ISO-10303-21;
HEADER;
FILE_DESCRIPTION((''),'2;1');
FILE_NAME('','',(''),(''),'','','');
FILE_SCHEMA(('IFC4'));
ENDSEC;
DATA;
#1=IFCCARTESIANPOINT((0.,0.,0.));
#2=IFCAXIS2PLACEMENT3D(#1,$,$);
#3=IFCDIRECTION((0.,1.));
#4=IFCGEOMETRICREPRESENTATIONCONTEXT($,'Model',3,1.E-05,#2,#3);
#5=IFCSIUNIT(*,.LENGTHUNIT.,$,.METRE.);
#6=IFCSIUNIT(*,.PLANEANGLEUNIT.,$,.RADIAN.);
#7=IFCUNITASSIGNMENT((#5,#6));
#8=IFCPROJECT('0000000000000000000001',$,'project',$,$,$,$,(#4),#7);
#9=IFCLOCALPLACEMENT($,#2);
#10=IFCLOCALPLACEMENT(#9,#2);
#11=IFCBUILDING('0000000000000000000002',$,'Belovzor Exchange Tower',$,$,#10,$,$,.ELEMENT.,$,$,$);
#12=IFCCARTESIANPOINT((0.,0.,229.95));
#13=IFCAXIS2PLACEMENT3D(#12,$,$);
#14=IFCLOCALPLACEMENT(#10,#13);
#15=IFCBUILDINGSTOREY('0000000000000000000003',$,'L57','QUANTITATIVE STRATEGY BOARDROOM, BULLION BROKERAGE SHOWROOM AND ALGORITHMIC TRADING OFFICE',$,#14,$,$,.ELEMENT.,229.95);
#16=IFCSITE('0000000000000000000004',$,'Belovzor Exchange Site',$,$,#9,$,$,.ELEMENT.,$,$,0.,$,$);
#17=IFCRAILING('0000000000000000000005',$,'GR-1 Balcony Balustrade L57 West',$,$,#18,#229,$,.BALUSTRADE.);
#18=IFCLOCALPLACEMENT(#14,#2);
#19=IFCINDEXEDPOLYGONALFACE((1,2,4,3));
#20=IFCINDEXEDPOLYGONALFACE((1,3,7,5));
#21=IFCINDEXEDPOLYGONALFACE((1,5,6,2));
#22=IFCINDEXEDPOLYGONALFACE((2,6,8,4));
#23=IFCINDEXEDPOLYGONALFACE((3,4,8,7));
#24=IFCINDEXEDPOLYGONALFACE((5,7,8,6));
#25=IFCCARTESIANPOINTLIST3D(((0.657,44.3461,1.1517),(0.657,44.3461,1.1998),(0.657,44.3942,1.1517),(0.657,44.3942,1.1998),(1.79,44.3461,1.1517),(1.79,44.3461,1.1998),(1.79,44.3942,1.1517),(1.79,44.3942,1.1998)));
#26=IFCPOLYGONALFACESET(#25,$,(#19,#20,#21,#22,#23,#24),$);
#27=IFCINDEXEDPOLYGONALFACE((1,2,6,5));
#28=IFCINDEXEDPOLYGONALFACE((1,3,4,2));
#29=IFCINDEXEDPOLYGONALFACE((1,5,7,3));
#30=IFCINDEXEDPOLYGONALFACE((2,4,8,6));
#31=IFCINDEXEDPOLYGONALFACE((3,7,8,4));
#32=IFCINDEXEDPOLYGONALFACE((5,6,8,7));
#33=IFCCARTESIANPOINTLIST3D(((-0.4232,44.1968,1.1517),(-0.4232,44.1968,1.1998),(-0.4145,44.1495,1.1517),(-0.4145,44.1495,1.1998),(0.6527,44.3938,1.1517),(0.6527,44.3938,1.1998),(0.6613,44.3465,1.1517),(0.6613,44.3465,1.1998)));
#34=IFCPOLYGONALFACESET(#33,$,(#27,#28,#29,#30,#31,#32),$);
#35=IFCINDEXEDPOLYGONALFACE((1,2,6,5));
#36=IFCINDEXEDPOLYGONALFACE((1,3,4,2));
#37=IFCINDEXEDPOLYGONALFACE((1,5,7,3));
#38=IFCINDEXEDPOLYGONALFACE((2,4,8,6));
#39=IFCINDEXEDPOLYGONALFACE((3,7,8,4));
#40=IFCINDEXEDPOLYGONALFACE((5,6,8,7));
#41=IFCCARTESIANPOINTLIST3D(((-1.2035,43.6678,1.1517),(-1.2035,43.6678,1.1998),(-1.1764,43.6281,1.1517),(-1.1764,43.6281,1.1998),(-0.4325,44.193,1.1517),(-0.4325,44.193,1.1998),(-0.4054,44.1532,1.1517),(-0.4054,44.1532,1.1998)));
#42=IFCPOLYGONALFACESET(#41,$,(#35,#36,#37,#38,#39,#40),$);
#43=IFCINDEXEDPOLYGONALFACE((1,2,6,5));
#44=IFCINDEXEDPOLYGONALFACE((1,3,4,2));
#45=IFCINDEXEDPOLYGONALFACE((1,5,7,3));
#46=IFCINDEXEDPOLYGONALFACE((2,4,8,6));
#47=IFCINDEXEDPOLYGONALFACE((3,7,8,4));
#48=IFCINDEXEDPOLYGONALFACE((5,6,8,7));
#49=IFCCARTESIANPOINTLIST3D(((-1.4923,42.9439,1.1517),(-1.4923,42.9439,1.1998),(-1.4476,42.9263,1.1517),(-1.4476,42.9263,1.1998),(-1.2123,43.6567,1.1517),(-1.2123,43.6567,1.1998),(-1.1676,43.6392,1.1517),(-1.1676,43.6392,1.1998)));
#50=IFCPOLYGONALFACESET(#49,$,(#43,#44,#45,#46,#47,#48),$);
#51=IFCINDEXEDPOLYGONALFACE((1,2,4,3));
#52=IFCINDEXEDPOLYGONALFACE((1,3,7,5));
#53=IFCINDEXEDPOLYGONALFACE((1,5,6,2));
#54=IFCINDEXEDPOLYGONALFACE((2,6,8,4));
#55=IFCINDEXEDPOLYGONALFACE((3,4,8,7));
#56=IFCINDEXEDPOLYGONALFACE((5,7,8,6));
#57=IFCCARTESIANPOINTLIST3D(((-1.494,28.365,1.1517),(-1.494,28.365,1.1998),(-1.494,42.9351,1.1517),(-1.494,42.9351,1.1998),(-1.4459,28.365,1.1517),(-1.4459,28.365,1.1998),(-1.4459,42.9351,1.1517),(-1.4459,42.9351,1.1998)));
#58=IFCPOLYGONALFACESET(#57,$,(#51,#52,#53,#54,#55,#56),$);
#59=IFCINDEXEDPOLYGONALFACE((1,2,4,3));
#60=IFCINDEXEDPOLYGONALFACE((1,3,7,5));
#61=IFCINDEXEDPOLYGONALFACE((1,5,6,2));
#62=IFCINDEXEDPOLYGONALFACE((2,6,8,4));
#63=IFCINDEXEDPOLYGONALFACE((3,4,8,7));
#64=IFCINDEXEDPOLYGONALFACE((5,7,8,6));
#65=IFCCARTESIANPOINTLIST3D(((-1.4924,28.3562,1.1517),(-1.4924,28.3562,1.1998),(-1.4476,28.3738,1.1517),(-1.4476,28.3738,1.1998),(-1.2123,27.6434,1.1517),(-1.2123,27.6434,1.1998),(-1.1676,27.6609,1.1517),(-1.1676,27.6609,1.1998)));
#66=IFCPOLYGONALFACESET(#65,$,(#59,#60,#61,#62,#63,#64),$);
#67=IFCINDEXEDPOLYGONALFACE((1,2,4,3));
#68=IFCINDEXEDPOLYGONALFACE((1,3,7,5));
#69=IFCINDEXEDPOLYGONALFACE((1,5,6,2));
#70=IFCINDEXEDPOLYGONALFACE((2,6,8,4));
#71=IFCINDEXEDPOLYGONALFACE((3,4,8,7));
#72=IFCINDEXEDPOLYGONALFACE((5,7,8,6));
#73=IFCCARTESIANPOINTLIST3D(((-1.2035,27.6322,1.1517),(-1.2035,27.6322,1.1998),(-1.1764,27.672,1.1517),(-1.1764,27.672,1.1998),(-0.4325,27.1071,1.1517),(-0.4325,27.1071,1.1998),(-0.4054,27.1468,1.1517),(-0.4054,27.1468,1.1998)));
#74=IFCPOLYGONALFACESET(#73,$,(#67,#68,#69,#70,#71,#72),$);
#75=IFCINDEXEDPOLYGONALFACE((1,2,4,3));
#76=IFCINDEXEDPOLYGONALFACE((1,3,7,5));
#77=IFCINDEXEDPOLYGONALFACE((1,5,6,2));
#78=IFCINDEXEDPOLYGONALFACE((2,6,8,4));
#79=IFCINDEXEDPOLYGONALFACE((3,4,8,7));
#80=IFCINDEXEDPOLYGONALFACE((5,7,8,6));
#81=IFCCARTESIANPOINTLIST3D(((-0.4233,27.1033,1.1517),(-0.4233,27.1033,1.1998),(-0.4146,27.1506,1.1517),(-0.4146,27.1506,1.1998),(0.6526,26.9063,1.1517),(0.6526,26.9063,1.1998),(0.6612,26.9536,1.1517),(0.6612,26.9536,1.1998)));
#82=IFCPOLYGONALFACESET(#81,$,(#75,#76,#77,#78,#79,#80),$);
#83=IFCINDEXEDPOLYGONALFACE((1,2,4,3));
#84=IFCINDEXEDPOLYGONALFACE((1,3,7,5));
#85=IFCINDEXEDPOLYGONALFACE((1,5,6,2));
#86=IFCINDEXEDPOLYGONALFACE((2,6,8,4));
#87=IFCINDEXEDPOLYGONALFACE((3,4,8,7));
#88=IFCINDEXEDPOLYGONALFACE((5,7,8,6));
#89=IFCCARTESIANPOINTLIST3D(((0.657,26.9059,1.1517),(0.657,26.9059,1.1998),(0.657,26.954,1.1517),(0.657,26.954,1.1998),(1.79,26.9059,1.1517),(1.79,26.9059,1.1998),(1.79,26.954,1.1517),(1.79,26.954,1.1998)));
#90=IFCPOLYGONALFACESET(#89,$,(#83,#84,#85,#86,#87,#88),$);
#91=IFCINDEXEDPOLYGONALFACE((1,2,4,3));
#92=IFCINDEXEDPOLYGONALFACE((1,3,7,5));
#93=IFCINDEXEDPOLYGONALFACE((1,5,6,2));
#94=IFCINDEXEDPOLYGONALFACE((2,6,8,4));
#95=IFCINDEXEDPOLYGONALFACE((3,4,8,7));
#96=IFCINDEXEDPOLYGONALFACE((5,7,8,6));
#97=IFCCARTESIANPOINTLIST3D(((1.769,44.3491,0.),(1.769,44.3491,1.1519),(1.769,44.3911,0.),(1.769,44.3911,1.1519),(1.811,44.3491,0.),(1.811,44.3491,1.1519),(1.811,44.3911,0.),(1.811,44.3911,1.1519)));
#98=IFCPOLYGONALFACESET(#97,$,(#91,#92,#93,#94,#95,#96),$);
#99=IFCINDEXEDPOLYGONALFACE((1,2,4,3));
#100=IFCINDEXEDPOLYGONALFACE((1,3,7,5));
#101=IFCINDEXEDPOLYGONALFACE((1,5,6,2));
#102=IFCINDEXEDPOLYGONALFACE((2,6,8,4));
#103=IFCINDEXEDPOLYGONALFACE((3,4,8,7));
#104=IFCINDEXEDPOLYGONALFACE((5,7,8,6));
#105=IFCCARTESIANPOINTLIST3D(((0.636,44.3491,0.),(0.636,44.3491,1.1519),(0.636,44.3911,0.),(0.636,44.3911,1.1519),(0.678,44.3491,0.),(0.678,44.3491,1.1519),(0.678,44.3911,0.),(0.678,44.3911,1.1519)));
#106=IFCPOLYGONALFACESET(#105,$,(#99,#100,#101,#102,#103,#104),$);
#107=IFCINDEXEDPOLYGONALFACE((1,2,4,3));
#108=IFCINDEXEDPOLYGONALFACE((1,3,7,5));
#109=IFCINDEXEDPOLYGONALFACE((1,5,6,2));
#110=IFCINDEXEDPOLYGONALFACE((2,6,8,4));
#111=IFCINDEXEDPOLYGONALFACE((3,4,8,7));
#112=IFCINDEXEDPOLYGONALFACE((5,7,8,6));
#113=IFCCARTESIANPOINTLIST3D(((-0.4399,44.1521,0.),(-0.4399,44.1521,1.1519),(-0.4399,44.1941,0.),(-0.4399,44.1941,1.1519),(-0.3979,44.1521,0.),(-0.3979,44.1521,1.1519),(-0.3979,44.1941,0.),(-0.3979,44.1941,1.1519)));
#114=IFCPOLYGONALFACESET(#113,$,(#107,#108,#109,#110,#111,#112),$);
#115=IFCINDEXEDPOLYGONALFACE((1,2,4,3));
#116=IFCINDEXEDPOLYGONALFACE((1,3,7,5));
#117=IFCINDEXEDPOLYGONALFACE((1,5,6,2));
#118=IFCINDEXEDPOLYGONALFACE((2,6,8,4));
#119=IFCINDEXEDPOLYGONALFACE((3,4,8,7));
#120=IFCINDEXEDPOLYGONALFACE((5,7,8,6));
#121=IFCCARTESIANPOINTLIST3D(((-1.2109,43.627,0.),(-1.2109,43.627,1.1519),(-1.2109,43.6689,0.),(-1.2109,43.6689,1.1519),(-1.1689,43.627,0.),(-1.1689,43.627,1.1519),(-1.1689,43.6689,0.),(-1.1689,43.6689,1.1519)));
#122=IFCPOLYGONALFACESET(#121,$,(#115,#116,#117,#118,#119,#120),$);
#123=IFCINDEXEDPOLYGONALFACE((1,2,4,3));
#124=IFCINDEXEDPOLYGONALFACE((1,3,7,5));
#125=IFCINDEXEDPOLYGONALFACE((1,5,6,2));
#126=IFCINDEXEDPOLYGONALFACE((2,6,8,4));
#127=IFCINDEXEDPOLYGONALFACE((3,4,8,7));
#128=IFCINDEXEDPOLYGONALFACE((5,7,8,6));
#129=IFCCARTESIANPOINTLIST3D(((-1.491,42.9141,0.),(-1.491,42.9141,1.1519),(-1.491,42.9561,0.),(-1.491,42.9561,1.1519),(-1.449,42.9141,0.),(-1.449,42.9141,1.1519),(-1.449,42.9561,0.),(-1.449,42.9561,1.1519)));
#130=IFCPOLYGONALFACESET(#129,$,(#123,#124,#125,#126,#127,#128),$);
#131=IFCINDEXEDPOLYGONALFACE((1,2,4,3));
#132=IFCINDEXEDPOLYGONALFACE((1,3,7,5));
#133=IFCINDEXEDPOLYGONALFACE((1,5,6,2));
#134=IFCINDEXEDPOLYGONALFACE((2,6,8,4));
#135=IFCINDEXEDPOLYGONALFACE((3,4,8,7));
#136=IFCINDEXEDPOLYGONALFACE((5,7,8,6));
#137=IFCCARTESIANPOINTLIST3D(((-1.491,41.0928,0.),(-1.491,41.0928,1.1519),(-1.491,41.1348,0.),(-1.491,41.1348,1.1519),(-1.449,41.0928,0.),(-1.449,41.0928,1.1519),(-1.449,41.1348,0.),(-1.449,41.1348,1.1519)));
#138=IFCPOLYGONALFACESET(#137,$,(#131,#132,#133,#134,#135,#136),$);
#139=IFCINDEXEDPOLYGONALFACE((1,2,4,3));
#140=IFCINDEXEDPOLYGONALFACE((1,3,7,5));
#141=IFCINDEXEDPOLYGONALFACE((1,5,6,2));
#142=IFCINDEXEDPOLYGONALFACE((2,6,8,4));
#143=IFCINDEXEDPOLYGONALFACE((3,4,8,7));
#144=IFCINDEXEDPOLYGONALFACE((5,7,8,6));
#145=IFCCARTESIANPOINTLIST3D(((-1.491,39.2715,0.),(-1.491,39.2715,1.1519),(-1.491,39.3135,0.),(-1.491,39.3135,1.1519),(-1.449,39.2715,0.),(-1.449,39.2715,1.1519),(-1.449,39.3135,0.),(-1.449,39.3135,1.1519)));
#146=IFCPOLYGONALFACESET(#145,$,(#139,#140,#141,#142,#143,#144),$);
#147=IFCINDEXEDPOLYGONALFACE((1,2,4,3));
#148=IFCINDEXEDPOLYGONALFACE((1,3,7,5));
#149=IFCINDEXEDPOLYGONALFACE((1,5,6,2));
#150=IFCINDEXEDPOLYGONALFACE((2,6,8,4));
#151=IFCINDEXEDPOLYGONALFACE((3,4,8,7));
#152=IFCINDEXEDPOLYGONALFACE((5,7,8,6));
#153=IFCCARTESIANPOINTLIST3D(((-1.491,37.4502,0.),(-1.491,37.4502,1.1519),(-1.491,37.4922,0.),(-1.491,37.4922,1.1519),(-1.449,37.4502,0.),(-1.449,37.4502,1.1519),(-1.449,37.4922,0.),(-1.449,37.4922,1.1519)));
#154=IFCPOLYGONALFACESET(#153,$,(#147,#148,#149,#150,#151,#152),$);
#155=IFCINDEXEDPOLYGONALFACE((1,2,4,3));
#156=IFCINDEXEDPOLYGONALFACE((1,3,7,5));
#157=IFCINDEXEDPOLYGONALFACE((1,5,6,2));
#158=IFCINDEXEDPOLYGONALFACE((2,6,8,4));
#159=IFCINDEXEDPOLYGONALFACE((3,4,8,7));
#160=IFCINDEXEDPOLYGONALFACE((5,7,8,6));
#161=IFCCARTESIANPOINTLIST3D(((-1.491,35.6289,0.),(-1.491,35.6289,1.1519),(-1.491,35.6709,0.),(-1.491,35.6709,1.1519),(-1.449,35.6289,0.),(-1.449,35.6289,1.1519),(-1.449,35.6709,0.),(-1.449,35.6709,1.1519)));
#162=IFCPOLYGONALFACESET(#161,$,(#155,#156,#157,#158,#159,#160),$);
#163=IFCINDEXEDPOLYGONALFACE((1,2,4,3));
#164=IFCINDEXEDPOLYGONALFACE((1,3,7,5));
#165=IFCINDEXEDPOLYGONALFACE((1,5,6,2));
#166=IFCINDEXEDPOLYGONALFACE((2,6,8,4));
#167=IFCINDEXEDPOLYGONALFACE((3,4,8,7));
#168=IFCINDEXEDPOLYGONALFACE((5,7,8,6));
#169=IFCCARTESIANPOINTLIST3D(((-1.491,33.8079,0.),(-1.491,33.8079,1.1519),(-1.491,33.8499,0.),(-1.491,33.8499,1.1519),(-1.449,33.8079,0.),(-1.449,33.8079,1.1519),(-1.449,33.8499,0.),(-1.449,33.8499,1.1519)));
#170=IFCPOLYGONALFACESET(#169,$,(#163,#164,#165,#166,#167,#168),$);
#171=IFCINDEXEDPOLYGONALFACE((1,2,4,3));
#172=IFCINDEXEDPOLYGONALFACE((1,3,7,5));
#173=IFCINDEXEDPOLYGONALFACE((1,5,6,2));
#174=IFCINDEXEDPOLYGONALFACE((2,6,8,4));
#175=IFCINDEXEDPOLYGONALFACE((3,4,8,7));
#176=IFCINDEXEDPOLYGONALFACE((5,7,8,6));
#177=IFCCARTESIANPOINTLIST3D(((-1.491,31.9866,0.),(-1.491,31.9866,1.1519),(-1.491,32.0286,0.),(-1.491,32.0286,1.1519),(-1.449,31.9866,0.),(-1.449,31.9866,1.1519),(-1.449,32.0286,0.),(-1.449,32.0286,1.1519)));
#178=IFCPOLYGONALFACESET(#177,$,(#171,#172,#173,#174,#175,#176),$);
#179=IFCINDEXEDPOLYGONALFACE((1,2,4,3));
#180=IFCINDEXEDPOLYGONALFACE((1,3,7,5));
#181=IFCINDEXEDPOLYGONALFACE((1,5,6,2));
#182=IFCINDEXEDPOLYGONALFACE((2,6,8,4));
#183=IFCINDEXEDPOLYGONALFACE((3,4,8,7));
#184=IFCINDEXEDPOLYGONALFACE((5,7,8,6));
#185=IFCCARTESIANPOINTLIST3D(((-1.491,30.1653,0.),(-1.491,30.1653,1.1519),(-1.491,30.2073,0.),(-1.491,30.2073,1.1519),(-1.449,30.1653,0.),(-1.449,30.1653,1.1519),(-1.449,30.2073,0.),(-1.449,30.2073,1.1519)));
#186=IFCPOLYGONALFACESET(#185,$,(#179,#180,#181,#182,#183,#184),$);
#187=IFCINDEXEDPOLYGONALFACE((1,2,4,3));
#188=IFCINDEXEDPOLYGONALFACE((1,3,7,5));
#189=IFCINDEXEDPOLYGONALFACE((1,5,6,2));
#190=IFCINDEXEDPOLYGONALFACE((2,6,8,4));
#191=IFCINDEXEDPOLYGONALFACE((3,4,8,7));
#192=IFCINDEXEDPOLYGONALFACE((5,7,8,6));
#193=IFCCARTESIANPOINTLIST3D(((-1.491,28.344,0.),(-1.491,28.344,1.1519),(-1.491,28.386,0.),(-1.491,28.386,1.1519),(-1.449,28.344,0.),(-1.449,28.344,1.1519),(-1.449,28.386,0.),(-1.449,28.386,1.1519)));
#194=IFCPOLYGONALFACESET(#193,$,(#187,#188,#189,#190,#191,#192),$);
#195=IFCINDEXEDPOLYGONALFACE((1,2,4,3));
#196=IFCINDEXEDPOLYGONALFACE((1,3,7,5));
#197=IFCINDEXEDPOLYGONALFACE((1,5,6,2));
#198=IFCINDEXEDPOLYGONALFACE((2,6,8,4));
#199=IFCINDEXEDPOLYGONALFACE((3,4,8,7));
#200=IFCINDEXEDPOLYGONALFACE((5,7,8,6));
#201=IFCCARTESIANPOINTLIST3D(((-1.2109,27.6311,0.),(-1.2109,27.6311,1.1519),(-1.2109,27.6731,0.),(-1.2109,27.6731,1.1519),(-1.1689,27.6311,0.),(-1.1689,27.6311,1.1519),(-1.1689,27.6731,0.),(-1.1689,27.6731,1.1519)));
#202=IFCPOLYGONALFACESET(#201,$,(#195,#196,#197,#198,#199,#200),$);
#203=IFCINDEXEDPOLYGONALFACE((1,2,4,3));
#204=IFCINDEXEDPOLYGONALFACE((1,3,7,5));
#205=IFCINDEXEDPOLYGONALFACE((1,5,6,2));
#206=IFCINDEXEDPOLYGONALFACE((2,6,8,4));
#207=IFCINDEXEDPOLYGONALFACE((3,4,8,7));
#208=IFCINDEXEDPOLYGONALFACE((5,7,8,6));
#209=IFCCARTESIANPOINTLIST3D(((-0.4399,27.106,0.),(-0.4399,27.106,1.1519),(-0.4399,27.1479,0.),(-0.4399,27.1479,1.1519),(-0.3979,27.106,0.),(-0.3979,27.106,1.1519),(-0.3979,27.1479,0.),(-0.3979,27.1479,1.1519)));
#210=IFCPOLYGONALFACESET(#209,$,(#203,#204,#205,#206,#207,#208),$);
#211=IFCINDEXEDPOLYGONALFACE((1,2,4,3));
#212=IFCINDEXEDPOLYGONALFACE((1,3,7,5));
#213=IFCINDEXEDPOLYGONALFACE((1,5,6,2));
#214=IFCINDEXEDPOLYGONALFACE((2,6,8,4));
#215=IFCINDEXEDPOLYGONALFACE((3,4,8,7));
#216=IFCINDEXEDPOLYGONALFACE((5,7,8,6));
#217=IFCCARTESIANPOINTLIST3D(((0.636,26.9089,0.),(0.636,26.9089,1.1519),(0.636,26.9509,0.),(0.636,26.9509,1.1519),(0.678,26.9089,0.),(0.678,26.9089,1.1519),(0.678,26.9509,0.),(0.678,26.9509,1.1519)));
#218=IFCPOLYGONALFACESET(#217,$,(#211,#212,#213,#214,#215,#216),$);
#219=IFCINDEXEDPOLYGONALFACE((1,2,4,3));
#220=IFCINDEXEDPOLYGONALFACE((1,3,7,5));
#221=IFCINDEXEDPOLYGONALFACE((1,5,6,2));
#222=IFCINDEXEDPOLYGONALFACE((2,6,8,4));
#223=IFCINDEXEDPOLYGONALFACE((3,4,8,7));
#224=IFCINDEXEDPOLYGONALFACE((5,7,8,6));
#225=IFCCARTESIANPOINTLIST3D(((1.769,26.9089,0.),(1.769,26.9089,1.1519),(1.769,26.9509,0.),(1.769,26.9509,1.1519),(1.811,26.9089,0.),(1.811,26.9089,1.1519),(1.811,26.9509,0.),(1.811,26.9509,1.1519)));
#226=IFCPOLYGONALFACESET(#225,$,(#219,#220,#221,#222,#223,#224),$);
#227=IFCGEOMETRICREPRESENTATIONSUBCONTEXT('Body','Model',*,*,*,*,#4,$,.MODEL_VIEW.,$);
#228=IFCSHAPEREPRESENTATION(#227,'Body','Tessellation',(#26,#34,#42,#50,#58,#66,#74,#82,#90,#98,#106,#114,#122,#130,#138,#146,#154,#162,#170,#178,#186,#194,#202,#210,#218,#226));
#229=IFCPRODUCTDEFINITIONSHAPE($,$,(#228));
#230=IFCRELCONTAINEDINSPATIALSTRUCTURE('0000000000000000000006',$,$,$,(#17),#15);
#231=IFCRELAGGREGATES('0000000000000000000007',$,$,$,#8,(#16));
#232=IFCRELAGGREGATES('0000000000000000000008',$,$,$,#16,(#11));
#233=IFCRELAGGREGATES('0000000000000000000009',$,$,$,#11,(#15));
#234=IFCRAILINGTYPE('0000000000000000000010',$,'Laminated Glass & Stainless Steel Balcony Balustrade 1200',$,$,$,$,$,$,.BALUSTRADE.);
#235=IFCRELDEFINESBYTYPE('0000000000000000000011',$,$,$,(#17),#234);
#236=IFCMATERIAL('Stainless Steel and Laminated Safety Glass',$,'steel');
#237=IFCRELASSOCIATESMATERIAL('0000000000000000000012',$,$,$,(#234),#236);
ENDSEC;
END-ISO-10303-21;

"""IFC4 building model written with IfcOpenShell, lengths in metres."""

from ifc_helpers import new_model, si_unit, direction, frame, origin, origin_2d, place, context, subcontext, project, spatial, rectangle, extrude, material, type_object, element, save


model = new_model("IFC4")

# Units and contexts
model_context = context("Model", 3, precision=1e-05, world=origin(), true_north=direction((0.0, 1.0)))
body_context = subcontext(model_context, "Body", "Model", "MODEL_VIEW")
ifc_project = project(units=[si_unit("LENGTHUNIT", "METRE"), si_unit("PLANEANGLEUNIT", "RADIAN")], contexts=[model_context])

# Site, building, storey
site_placement = place(None, origin())
site = spatial("IfcSite", under=ifc_project, at=site_placement, Name="Belovzor Exchange Site", CompositionType="ELEMENT", RefElevation=0.0)
building_placement = place(site_placement, origin())
building = spatial("IfcBuilding", under=site, at=building_placement, Name="Belovzor Exchange Tower", CompositionType="ELEMENT")
storey_placement = place(building_placement, frame((0.0, 0.0, 229.95)))
storey = spatial("IfcBuildingStorey", under=building, at=storey_placement, Name="L57", Description="QUANTITATIVE STRATEGY BOARDROOM, BULLION BROKERAGE SHOWROOM AND ALGORITHMIC TRADING OFFICE", CompositionType="ELEMENT", Elevation=229.95)

# Railing
ifc_material_1 = material(Name="Stainless Steel and Laminated Safety Glass", Category="steel")
railing_type = type_object("IfcRailingType", Name="Laminated Glass & Stainless Steel Balcony Balustrade 1200", PredefinedType="BALUSTRADE", material=ifc_material_1)
railing_placement = place(storey_placement, frame((1.79, 44.3701, 0.0)))
element("IfcRailing", 1, at=railing_placement, inside=storey, type_object=railing_type, Name="GR-1 Balcony Balustrade L57 West", PredefinedType="BALUSTRADE", context=body_context, shape_type="SweptSolid", body=[
    extrude(rectangle(XDim=0.0481, YDim=0.0481, at=origin_2d()), frame((0.0, 0.0, 1.1758), z_axis=(-1.0, 0.0, 0.0), x_axis=(0.0, -1.0, 0.0)), (0.0, 0.0, 1.0), 1.1331),
    extrude(rectangle(XDim=0.0481, YDim=0.0481, at=origin_2d()), frame((-1.1331, 0.0, 1.1758), z_axis=(-0.983644, -0.180123, 0.0), x_axis=(0.180123, -0.983644, 0.0)), (0.0, 0.0, 1.0), 1.0938),
    extrude(rectangle(XDim=0.0481, YDim=0.0481, at=origin_2d()), frame((-2.209, -0.197, 1.1758), z_axis=(-0.826493, -0.562947, 0.0), x_axis=(0.562947, -0.826493, 0.0)), (0.0, 0.0, 1.0), 0.9329),
    extrude(rectangle(XDim=0.0481, YDim=0.0481, at=origin_2d()), frame((-2.98, -0.7222, 1.1758), z_axis=(-0.365613, -0.930767, 0.0), x_axis=(0.930767, -0.365613, 0.0)), (0.0, 0.0, 1.0), 0.7659),
    extrude(rectangle(XDim=0.0481, YDim=0.0481, at=origin_2d()), frame((-3.26, -1.4351, 1.1758), z_axis=(0.0, -1.0, 0.0), x_axis=(1.0, 0.0, 0.0)), (0.0, 0.0, 1.0), 14.5701),
    extrude(rectangle(XDim=0.0481, YDim=0.0481, at=origin_2d()), frame((-3.26, -16.0051, 1.1758), z_axis=(0.365613, -0.930767, 0.0), x_axis=(0.930767, 0.365613, 0.0)), (0.0, 0.0, 1.0), 0.7659),
    extrude(rectangle(XDim=0.0481, YDim=0.0481, at=origin_2d()), frame((-2.98, -16.718, 1.1758), z_axis=(0.826493, -0.562947, 0.0), x_axis=(0.562947, 0.826493, 0.0)), (0.0, 0.0, 1.0), 0.9329),
    extrude(rectangle(XDim=0.0481, YDim=0.0481, at=origin_2d()), frame((-2.209, -17.2432, 1.1758), z_axis=(0.983644, -0.180123, 0.0), x_axis=(0.180123, 0.983644, 0.0)), (0.0, 0.0, 1.0), 1.0938),
    extrude(rectangle(XDim=0.0481, YDim=0.0481, at=origin_2d()), frame((-1.1331, -17.4402, 1.1758), z_axis=(1.0, 0.0, 0.0), x_axis=(0.0, 1.0, 0.0)), (0.0, 0.0, 1.0), 1.1331),
    extrude(rectangle(XDim=0.042, YDim=0.042, at=origin_2d()), origin(), (0.0, 0.0, 1.0), 1.1519),
    extrude(rectangle(XDim=0.042, YDim=0.042, at=origin_2d()), frame((-1.1331, 0.0, 0.0)), (0.0, 0.0, 1.0), 1.1519),
    extrude(rectangle(XDim=0.042, YDim=0.042, at=origin_2d()), frame((-2.209, -0.197, 0.0)), (0.0, 0.0, 1.0), 1.1519),
    extrude(rectangle(XDim=0.042, YDim=0.042, at=origin_2d()), frame((-2.98, -0.7222, 0.0)), (0.0, 0.0, 1.0), 1.1519),
    extrude(rectangle(XDim=0.042, YDim=0.042, at=origin_2d()), frame((-3.26, -1.4351, 0.0)), (0.0, 0.0, 1.0), 1.1519),
    extrude(rectangle(XDim=0.042, YDim=0.042, at=origin_2d()), frame((-3.26, -3.2563, 0.0)), (0.0, 0.0, 1.0), 1.1519),
    extrude(rectangle(XDim=0.042, YDim=0.042, at=origin_2d()), frame((-3.26, -5.0776, 0.0)), (0.0, 0.0, 1.0), 1.1519),
    extrude(rectangle(XDim=0.042, YDim=0.042, at=origin_2d()), frame((-3.26, -6.8989, 0.0)), (0.0, 0.0, 1.0), 1.1519),
    extrude(rectangle(XDim=0.042, YDim=0.042, at=origin_2d()), frame((-3.26, -8.7202, 0.0)), (0.0, 0.0, 1.0), 1.1519),
    extrude(rectangle(XDim=0.042, YDim=0.042, at=origin_2d()), frame((-3.26, -10.5413, 0.0)), (0.0, 0.0, 1.0), 1.1519),
    extrude(rectangle(XDim=0.042, YDim=0.042, at=origin_2d()), frame((-3.26, -12.3625, 0.0)), (0.0, 0.0, 1.0), 1.1519),
    extrude(rectangle(XDim=0.042, YDim=0.042, at=origin_2d()), frame((-3.26, -14.1838, 0.0)), (0.0, 0.0, 1.0), 1.1519),
    extrude(rectangle(XDim=0.042, YDim=0.042, at=origin_2d()), frame((-3.26, -16.0051, 0.0)), (0.0, 0.0, 1.0), 1.1519),
    extrude(rectangle(XDim=0.042, YDim=0.042, at=origin_2d()), frame((-2.98, -16.718, 0.0)), (0.0, 0.0, 1.0), 1.1519),
    extrude(rectangle(XDim=0.042, YDim=0.042, at=origin_2d()), frame((-2.209, -17.2432, 0.0)), (0.0, 0.0, 1.0), 1.1519),
    extrude(rectangle(XDim=0.042, YDim=0.042, at=origin_2d()), frame((-1.1331, -17.4402, 0.0)), (0.0, 0.0, 1.0), 1.1519),
    extrude(rectangle(XDim=0.042, YDim=0.042, at=origin_2d()), frame((0.0, -17.4402, 0.0)), (0.0, 0.0, 1.0), 1.1519),
])

save(model, "model.ifc")
